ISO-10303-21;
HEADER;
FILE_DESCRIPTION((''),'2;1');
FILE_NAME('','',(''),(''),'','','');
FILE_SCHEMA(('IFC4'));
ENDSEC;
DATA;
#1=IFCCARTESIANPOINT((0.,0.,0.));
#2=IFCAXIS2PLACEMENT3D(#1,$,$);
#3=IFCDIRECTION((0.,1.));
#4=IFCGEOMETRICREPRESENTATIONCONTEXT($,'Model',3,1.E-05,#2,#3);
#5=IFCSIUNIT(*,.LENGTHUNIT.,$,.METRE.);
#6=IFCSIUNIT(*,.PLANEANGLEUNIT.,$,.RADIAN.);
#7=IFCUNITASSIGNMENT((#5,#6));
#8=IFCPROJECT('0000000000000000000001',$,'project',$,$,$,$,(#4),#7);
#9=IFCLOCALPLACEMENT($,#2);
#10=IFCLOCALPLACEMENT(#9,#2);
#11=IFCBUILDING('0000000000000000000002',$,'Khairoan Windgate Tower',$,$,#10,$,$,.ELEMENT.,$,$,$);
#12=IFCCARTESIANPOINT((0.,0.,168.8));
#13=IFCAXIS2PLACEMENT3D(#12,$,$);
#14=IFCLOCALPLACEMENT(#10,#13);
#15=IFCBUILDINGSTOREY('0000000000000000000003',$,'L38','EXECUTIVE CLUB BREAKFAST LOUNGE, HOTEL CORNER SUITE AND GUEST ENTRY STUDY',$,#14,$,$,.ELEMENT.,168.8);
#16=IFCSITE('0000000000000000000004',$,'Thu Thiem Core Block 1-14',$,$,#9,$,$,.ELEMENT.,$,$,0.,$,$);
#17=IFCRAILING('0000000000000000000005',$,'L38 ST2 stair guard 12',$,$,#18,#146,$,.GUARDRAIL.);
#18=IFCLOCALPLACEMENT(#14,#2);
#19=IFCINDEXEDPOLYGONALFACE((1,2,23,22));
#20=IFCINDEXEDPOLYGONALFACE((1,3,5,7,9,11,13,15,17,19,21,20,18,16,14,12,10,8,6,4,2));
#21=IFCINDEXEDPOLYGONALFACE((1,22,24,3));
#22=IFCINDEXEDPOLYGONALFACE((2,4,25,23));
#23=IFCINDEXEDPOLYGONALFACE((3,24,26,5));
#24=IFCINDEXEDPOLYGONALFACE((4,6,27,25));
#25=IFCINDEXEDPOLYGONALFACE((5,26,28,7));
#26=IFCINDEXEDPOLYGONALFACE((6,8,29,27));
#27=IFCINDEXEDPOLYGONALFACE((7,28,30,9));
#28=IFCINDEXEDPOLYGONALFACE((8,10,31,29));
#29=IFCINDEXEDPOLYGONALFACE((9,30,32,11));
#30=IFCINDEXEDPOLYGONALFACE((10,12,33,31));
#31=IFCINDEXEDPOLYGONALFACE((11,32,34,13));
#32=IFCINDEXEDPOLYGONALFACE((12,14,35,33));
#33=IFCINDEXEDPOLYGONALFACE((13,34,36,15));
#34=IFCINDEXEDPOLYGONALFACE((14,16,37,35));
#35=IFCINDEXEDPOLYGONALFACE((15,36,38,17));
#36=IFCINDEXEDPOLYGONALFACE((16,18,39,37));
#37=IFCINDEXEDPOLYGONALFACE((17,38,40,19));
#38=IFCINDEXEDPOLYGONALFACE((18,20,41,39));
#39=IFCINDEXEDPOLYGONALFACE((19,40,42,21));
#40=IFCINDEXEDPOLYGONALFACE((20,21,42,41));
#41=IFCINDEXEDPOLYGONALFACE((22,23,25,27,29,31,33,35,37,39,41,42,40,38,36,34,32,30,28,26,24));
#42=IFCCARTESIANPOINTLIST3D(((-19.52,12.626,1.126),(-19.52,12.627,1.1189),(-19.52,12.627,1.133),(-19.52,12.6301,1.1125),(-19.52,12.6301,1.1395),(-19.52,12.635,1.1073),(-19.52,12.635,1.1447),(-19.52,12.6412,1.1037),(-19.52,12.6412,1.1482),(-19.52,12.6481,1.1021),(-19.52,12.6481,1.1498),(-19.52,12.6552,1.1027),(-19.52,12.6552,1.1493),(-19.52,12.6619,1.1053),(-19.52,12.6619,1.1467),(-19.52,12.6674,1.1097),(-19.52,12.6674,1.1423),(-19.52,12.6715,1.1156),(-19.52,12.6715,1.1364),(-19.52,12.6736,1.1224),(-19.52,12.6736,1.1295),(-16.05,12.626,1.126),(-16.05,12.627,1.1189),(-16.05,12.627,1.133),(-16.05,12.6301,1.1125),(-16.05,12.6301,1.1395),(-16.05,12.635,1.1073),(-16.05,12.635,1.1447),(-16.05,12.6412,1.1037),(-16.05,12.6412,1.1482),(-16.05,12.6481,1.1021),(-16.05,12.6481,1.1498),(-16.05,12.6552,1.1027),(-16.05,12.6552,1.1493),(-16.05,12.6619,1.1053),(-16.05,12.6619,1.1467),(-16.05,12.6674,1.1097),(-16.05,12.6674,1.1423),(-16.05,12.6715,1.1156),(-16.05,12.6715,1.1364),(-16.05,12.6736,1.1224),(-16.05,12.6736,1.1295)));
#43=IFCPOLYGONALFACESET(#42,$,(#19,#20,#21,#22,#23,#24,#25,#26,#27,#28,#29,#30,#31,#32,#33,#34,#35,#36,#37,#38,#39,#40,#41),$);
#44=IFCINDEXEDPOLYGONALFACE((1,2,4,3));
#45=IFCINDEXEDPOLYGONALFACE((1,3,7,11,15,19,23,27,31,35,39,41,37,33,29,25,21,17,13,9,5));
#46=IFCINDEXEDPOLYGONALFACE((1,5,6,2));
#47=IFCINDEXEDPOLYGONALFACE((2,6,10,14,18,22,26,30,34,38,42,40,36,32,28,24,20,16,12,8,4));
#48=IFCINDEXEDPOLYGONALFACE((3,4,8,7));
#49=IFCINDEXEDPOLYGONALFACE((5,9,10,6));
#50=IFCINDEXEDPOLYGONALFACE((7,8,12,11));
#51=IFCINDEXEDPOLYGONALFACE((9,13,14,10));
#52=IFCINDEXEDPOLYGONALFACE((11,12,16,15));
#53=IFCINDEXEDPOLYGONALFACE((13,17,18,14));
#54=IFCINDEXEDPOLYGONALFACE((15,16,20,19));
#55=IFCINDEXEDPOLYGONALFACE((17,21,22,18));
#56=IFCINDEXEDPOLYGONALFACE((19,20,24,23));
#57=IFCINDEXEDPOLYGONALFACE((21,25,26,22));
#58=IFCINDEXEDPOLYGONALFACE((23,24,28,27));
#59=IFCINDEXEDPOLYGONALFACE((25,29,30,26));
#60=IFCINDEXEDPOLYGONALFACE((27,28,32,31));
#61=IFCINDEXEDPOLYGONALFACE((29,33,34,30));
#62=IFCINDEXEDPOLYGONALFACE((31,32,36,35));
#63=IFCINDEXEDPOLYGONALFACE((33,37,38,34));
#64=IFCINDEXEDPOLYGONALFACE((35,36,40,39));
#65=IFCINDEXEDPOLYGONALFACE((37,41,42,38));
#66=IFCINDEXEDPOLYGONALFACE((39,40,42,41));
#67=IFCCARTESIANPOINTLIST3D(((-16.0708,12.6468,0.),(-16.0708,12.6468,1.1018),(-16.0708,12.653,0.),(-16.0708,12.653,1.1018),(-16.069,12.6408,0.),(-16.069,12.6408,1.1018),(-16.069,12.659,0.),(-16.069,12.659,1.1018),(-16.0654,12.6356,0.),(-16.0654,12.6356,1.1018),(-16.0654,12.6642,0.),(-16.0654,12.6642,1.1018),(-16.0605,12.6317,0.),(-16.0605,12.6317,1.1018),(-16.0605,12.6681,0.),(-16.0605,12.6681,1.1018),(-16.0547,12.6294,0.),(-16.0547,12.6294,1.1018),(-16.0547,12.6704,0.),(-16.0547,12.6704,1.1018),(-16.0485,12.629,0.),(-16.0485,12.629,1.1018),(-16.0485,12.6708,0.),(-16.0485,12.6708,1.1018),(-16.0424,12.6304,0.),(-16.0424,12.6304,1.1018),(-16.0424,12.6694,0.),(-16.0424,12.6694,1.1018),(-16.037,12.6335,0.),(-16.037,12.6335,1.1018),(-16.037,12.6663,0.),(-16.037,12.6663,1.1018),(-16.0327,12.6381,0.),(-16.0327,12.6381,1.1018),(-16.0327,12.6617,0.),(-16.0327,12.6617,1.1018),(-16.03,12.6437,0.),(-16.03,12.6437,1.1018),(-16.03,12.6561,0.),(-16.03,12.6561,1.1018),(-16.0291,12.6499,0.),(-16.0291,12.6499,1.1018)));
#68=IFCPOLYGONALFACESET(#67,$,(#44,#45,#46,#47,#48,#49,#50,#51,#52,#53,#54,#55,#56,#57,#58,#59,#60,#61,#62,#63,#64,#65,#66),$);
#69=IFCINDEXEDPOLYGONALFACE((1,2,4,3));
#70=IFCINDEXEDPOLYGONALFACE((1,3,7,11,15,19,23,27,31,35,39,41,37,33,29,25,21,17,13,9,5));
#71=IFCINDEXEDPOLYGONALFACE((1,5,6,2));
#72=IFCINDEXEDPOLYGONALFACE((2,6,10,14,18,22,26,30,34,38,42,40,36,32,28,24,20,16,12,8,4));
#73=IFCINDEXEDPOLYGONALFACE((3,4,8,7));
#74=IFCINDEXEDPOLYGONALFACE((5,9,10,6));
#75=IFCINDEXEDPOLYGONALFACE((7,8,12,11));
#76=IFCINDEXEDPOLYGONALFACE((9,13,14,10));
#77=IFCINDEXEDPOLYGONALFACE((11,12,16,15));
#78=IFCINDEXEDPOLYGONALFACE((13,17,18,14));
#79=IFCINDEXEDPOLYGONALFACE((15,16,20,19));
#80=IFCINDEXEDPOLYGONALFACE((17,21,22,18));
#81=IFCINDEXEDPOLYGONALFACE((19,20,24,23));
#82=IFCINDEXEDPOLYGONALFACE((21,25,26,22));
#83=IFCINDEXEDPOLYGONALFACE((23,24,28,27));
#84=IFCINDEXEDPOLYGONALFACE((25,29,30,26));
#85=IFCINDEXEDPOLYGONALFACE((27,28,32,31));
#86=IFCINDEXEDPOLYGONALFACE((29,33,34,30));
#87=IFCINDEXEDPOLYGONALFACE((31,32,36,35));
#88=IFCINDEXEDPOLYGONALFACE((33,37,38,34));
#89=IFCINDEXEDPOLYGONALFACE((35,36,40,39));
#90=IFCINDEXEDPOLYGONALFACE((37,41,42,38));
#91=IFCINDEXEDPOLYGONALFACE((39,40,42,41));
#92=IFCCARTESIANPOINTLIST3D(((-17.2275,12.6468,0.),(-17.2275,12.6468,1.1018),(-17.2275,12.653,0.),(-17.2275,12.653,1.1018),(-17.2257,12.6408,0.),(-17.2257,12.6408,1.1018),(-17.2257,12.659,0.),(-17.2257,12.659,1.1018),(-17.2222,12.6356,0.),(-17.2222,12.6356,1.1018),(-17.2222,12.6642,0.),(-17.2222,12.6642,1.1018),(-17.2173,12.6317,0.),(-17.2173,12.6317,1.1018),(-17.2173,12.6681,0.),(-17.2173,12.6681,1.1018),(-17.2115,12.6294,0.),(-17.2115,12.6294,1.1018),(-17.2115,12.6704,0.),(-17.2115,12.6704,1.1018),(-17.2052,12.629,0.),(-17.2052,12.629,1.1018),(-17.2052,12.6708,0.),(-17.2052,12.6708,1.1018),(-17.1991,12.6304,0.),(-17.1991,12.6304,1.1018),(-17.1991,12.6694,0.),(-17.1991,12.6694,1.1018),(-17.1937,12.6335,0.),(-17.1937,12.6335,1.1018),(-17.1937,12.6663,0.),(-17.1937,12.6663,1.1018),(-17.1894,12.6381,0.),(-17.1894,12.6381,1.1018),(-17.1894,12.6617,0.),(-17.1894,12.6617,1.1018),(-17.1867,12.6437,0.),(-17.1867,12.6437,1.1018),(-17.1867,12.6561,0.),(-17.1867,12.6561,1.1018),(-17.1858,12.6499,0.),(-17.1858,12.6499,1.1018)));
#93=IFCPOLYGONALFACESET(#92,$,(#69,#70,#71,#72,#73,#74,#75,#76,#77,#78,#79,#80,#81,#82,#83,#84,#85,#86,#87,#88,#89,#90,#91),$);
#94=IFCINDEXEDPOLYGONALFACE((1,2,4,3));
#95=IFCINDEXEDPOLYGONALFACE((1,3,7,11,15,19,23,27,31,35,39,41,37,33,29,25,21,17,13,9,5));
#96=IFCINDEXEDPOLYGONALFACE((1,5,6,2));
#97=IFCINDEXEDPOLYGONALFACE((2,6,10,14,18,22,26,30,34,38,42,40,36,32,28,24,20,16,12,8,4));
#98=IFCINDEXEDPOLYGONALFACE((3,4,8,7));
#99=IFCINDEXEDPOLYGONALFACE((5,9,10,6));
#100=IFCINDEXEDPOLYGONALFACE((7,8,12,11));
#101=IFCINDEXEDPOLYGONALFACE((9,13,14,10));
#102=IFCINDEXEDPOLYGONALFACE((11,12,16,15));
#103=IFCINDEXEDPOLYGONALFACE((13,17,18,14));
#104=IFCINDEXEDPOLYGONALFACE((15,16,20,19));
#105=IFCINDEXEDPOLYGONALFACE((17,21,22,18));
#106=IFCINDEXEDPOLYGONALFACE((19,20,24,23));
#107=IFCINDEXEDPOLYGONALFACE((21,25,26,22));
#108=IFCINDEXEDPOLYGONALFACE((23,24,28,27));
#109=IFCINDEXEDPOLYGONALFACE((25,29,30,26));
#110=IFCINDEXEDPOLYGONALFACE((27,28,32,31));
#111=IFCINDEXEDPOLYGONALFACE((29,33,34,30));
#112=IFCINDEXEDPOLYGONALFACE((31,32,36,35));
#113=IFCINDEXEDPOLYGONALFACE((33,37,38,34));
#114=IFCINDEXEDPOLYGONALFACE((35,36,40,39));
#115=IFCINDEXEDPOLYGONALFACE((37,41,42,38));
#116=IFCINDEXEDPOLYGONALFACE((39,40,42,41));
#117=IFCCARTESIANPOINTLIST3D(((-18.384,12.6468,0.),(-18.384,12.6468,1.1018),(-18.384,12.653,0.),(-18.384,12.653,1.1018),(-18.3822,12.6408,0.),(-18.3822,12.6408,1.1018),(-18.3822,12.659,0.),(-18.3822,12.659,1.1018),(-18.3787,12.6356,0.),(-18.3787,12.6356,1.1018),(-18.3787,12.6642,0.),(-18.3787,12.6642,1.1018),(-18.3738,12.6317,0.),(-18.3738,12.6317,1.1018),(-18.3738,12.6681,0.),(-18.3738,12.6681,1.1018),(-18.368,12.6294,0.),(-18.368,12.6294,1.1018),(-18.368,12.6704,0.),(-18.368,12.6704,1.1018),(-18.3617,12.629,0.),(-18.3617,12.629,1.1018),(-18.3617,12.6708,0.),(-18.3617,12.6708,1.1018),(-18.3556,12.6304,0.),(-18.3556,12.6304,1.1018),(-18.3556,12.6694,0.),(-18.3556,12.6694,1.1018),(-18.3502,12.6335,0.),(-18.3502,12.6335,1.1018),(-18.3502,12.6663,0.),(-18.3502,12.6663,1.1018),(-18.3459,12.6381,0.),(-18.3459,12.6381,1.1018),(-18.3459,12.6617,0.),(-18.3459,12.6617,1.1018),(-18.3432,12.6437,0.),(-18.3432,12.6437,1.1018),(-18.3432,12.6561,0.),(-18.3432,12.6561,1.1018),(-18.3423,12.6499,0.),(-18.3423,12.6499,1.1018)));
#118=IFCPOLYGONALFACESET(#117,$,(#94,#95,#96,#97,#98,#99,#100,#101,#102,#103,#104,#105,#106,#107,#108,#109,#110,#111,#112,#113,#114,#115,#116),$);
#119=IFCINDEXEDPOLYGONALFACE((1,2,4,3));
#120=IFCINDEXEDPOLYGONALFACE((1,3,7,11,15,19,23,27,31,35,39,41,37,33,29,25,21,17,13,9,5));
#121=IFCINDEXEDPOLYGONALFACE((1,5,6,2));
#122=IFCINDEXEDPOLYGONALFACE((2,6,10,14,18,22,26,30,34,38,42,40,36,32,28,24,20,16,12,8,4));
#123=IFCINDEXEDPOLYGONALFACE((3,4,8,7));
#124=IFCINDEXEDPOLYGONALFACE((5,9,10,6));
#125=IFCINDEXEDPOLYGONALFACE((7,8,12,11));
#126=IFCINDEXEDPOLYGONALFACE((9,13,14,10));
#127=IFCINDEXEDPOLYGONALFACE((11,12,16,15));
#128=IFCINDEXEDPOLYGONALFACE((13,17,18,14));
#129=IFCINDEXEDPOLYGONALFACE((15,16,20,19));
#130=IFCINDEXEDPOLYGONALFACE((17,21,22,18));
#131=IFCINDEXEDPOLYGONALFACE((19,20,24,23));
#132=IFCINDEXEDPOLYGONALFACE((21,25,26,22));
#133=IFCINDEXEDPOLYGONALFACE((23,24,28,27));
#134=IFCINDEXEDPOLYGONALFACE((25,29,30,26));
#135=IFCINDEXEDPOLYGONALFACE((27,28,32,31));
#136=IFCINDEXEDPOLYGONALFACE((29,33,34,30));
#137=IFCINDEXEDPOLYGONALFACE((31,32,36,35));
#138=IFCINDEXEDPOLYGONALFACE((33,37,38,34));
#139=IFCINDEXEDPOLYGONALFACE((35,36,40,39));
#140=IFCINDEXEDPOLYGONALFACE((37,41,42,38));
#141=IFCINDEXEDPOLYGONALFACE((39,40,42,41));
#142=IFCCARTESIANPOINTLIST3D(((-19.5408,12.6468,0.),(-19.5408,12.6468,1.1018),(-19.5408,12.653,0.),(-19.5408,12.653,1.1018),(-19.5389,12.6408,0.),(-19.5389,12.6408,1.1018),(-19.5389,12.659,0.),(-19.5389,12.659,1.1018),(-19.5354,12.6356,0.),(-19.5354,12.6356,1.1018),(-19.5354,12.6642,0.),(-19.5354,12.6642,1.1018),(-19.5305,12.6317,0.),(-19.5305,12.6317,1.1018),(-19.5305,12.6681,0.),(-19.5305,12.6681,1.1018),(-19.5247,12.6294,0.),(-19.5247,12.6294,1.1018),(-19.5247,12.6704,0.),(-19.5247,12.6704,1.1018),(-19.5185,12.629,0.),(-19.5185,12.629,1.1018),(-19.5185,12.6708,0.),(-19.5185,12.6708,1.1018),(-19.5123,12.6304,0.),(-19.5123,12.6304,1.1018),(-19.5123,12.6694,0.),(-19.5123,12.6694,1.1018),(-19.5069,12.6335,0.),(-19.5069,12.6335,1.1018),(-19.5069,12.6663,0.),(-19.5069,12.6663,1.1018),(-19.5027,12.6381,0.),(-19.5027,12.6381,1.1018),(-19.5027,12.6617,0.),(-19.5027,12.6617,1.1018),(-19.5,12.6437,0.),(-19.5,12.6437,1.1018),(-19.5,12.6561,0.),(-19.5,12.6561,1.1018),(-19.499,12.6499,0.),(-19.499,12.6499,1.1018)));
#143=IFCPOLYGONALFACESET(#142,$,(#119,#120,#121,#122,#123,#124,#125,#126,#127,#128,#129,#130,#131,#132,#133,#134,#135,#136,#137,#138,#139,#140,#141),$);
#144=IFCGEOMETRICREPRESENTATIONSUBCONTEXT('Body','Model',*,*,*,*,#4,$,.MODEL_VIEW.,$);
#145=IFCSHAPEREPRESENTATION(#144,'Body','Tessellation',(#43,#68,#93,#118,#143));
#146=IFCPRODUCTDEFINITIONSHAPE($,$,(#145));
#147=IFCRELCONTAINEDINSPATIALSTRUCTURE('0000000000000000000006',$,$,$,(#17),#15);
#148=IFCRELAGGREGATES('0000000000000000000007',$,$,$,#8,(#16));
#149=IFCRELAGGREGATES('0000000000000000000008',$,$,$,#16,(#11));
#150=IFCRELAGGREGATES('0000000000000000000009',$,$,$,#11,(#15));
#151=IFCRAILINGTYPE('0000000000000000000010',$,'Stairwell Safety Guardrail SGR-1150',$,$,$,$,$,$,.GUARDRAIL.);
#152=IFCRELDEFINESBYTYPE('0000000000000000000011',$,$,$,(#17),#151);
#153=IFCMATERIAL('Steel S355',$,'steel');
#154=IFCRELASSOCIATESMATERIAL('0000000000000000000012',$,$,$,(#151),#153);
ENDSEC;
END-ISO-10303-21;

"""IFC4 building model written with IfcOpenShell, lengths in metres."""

from ifc_helpers import new_model, si_unit, direction, frame, origin, origin_2d, place, context, subcontext, project, spatial, circle, extrude, material, type_object, element, save


model = new_model("IFC4")

# Units and contexts
model_context = context("Model", 3, precision=1e-05, world=origin(), true_north=direction((0.0, 1.0)))
body_context = subcontext(model_context, "Body", "Model", "MODEL_VIEW")
ifc_project = project(units=[si_unit("LENGTHUNIT", "METRE"), si_unit("PLANEANGLEUNIT", "RADIAN")], contexts=[model_context])

# Site, building, storey
site_placement = place(None, origin())
site = spatial("IfcSite", under=ifc_project, at=site_placement, Name="Thu Thiem Core Block 1-14", CompositionType="ELEMENT", RefElevation=0.0)
building_placement = place(site_placement, origin())
building = spatial("IfcBuilding", under=site, at=building_placement, Name="Khairoan Windgate Tower", CompositionType="ELEMENT")
storey_placement = place(building_placement, frame((0.0, 0.0, 168.8)))
storey = spatial("IfcBuildingStorey", under=building, at=storey_placement, Name="L38", Description="EXECUTIVE CLUB BREAKFAST LOUNGE, HOTEL CORNER SUITE AND GUEST ENTRY STUDY", CompositionType="ELEMENT", Elevation=168.8)

# Railing
ifc_material_1 = material(Name="Steel S355", Category="steel")
railing_type = type_object("IfcRailingType", Name="Stairwell Safety Guardrail SGR-1150", PredefinedType="GUARDRAIL", material=ifc_material_1)
railing_1_placement = place(storey_placement, frame((-16.05, 12.6499, 0.0)))
element("IfcRailing", 1, at=railing_1_placement, inside=storey, type_object=railing_type, Name="L38 ST2 stair guard 12", PredefinedType="GUARDRAIL", context=body_context, shape_type="SweptSolid", body=[
    extrude(circle(Radius=0.0239, at=origin_2d()), frame((0.0, 0.0, 1.126), z_axis=(-1.0, 0.0, 0.0), x_axis=(0.0, -1.0, 0.0)), (0.0, 0.0, 1.0), 3.47),
    extrude(circle(Radius=0.021, at=origin_2d()), origin(), (0.0, 0.0, 1.0), 1.1018),
    extrude(circle(Radius=0.021, at=origin_2d()), frame((-1.1567, 0.0, 0.0)), (0.0, 0.0, 1.0), 1.1018),
    extrude(circle(Radius=0.021, at=origin_2d()), frame((-2.3132, 0.0, 0.0)), (0.0, 0.0, 1.0), 1.1018),
    extrude(circle(Radius=0.021, at=origin_2d()), frame((-3.47, 0.0, 0.0)), (0.0, 0.0, 1.0), 1.1018),
])

save(model, "model.ifc")
